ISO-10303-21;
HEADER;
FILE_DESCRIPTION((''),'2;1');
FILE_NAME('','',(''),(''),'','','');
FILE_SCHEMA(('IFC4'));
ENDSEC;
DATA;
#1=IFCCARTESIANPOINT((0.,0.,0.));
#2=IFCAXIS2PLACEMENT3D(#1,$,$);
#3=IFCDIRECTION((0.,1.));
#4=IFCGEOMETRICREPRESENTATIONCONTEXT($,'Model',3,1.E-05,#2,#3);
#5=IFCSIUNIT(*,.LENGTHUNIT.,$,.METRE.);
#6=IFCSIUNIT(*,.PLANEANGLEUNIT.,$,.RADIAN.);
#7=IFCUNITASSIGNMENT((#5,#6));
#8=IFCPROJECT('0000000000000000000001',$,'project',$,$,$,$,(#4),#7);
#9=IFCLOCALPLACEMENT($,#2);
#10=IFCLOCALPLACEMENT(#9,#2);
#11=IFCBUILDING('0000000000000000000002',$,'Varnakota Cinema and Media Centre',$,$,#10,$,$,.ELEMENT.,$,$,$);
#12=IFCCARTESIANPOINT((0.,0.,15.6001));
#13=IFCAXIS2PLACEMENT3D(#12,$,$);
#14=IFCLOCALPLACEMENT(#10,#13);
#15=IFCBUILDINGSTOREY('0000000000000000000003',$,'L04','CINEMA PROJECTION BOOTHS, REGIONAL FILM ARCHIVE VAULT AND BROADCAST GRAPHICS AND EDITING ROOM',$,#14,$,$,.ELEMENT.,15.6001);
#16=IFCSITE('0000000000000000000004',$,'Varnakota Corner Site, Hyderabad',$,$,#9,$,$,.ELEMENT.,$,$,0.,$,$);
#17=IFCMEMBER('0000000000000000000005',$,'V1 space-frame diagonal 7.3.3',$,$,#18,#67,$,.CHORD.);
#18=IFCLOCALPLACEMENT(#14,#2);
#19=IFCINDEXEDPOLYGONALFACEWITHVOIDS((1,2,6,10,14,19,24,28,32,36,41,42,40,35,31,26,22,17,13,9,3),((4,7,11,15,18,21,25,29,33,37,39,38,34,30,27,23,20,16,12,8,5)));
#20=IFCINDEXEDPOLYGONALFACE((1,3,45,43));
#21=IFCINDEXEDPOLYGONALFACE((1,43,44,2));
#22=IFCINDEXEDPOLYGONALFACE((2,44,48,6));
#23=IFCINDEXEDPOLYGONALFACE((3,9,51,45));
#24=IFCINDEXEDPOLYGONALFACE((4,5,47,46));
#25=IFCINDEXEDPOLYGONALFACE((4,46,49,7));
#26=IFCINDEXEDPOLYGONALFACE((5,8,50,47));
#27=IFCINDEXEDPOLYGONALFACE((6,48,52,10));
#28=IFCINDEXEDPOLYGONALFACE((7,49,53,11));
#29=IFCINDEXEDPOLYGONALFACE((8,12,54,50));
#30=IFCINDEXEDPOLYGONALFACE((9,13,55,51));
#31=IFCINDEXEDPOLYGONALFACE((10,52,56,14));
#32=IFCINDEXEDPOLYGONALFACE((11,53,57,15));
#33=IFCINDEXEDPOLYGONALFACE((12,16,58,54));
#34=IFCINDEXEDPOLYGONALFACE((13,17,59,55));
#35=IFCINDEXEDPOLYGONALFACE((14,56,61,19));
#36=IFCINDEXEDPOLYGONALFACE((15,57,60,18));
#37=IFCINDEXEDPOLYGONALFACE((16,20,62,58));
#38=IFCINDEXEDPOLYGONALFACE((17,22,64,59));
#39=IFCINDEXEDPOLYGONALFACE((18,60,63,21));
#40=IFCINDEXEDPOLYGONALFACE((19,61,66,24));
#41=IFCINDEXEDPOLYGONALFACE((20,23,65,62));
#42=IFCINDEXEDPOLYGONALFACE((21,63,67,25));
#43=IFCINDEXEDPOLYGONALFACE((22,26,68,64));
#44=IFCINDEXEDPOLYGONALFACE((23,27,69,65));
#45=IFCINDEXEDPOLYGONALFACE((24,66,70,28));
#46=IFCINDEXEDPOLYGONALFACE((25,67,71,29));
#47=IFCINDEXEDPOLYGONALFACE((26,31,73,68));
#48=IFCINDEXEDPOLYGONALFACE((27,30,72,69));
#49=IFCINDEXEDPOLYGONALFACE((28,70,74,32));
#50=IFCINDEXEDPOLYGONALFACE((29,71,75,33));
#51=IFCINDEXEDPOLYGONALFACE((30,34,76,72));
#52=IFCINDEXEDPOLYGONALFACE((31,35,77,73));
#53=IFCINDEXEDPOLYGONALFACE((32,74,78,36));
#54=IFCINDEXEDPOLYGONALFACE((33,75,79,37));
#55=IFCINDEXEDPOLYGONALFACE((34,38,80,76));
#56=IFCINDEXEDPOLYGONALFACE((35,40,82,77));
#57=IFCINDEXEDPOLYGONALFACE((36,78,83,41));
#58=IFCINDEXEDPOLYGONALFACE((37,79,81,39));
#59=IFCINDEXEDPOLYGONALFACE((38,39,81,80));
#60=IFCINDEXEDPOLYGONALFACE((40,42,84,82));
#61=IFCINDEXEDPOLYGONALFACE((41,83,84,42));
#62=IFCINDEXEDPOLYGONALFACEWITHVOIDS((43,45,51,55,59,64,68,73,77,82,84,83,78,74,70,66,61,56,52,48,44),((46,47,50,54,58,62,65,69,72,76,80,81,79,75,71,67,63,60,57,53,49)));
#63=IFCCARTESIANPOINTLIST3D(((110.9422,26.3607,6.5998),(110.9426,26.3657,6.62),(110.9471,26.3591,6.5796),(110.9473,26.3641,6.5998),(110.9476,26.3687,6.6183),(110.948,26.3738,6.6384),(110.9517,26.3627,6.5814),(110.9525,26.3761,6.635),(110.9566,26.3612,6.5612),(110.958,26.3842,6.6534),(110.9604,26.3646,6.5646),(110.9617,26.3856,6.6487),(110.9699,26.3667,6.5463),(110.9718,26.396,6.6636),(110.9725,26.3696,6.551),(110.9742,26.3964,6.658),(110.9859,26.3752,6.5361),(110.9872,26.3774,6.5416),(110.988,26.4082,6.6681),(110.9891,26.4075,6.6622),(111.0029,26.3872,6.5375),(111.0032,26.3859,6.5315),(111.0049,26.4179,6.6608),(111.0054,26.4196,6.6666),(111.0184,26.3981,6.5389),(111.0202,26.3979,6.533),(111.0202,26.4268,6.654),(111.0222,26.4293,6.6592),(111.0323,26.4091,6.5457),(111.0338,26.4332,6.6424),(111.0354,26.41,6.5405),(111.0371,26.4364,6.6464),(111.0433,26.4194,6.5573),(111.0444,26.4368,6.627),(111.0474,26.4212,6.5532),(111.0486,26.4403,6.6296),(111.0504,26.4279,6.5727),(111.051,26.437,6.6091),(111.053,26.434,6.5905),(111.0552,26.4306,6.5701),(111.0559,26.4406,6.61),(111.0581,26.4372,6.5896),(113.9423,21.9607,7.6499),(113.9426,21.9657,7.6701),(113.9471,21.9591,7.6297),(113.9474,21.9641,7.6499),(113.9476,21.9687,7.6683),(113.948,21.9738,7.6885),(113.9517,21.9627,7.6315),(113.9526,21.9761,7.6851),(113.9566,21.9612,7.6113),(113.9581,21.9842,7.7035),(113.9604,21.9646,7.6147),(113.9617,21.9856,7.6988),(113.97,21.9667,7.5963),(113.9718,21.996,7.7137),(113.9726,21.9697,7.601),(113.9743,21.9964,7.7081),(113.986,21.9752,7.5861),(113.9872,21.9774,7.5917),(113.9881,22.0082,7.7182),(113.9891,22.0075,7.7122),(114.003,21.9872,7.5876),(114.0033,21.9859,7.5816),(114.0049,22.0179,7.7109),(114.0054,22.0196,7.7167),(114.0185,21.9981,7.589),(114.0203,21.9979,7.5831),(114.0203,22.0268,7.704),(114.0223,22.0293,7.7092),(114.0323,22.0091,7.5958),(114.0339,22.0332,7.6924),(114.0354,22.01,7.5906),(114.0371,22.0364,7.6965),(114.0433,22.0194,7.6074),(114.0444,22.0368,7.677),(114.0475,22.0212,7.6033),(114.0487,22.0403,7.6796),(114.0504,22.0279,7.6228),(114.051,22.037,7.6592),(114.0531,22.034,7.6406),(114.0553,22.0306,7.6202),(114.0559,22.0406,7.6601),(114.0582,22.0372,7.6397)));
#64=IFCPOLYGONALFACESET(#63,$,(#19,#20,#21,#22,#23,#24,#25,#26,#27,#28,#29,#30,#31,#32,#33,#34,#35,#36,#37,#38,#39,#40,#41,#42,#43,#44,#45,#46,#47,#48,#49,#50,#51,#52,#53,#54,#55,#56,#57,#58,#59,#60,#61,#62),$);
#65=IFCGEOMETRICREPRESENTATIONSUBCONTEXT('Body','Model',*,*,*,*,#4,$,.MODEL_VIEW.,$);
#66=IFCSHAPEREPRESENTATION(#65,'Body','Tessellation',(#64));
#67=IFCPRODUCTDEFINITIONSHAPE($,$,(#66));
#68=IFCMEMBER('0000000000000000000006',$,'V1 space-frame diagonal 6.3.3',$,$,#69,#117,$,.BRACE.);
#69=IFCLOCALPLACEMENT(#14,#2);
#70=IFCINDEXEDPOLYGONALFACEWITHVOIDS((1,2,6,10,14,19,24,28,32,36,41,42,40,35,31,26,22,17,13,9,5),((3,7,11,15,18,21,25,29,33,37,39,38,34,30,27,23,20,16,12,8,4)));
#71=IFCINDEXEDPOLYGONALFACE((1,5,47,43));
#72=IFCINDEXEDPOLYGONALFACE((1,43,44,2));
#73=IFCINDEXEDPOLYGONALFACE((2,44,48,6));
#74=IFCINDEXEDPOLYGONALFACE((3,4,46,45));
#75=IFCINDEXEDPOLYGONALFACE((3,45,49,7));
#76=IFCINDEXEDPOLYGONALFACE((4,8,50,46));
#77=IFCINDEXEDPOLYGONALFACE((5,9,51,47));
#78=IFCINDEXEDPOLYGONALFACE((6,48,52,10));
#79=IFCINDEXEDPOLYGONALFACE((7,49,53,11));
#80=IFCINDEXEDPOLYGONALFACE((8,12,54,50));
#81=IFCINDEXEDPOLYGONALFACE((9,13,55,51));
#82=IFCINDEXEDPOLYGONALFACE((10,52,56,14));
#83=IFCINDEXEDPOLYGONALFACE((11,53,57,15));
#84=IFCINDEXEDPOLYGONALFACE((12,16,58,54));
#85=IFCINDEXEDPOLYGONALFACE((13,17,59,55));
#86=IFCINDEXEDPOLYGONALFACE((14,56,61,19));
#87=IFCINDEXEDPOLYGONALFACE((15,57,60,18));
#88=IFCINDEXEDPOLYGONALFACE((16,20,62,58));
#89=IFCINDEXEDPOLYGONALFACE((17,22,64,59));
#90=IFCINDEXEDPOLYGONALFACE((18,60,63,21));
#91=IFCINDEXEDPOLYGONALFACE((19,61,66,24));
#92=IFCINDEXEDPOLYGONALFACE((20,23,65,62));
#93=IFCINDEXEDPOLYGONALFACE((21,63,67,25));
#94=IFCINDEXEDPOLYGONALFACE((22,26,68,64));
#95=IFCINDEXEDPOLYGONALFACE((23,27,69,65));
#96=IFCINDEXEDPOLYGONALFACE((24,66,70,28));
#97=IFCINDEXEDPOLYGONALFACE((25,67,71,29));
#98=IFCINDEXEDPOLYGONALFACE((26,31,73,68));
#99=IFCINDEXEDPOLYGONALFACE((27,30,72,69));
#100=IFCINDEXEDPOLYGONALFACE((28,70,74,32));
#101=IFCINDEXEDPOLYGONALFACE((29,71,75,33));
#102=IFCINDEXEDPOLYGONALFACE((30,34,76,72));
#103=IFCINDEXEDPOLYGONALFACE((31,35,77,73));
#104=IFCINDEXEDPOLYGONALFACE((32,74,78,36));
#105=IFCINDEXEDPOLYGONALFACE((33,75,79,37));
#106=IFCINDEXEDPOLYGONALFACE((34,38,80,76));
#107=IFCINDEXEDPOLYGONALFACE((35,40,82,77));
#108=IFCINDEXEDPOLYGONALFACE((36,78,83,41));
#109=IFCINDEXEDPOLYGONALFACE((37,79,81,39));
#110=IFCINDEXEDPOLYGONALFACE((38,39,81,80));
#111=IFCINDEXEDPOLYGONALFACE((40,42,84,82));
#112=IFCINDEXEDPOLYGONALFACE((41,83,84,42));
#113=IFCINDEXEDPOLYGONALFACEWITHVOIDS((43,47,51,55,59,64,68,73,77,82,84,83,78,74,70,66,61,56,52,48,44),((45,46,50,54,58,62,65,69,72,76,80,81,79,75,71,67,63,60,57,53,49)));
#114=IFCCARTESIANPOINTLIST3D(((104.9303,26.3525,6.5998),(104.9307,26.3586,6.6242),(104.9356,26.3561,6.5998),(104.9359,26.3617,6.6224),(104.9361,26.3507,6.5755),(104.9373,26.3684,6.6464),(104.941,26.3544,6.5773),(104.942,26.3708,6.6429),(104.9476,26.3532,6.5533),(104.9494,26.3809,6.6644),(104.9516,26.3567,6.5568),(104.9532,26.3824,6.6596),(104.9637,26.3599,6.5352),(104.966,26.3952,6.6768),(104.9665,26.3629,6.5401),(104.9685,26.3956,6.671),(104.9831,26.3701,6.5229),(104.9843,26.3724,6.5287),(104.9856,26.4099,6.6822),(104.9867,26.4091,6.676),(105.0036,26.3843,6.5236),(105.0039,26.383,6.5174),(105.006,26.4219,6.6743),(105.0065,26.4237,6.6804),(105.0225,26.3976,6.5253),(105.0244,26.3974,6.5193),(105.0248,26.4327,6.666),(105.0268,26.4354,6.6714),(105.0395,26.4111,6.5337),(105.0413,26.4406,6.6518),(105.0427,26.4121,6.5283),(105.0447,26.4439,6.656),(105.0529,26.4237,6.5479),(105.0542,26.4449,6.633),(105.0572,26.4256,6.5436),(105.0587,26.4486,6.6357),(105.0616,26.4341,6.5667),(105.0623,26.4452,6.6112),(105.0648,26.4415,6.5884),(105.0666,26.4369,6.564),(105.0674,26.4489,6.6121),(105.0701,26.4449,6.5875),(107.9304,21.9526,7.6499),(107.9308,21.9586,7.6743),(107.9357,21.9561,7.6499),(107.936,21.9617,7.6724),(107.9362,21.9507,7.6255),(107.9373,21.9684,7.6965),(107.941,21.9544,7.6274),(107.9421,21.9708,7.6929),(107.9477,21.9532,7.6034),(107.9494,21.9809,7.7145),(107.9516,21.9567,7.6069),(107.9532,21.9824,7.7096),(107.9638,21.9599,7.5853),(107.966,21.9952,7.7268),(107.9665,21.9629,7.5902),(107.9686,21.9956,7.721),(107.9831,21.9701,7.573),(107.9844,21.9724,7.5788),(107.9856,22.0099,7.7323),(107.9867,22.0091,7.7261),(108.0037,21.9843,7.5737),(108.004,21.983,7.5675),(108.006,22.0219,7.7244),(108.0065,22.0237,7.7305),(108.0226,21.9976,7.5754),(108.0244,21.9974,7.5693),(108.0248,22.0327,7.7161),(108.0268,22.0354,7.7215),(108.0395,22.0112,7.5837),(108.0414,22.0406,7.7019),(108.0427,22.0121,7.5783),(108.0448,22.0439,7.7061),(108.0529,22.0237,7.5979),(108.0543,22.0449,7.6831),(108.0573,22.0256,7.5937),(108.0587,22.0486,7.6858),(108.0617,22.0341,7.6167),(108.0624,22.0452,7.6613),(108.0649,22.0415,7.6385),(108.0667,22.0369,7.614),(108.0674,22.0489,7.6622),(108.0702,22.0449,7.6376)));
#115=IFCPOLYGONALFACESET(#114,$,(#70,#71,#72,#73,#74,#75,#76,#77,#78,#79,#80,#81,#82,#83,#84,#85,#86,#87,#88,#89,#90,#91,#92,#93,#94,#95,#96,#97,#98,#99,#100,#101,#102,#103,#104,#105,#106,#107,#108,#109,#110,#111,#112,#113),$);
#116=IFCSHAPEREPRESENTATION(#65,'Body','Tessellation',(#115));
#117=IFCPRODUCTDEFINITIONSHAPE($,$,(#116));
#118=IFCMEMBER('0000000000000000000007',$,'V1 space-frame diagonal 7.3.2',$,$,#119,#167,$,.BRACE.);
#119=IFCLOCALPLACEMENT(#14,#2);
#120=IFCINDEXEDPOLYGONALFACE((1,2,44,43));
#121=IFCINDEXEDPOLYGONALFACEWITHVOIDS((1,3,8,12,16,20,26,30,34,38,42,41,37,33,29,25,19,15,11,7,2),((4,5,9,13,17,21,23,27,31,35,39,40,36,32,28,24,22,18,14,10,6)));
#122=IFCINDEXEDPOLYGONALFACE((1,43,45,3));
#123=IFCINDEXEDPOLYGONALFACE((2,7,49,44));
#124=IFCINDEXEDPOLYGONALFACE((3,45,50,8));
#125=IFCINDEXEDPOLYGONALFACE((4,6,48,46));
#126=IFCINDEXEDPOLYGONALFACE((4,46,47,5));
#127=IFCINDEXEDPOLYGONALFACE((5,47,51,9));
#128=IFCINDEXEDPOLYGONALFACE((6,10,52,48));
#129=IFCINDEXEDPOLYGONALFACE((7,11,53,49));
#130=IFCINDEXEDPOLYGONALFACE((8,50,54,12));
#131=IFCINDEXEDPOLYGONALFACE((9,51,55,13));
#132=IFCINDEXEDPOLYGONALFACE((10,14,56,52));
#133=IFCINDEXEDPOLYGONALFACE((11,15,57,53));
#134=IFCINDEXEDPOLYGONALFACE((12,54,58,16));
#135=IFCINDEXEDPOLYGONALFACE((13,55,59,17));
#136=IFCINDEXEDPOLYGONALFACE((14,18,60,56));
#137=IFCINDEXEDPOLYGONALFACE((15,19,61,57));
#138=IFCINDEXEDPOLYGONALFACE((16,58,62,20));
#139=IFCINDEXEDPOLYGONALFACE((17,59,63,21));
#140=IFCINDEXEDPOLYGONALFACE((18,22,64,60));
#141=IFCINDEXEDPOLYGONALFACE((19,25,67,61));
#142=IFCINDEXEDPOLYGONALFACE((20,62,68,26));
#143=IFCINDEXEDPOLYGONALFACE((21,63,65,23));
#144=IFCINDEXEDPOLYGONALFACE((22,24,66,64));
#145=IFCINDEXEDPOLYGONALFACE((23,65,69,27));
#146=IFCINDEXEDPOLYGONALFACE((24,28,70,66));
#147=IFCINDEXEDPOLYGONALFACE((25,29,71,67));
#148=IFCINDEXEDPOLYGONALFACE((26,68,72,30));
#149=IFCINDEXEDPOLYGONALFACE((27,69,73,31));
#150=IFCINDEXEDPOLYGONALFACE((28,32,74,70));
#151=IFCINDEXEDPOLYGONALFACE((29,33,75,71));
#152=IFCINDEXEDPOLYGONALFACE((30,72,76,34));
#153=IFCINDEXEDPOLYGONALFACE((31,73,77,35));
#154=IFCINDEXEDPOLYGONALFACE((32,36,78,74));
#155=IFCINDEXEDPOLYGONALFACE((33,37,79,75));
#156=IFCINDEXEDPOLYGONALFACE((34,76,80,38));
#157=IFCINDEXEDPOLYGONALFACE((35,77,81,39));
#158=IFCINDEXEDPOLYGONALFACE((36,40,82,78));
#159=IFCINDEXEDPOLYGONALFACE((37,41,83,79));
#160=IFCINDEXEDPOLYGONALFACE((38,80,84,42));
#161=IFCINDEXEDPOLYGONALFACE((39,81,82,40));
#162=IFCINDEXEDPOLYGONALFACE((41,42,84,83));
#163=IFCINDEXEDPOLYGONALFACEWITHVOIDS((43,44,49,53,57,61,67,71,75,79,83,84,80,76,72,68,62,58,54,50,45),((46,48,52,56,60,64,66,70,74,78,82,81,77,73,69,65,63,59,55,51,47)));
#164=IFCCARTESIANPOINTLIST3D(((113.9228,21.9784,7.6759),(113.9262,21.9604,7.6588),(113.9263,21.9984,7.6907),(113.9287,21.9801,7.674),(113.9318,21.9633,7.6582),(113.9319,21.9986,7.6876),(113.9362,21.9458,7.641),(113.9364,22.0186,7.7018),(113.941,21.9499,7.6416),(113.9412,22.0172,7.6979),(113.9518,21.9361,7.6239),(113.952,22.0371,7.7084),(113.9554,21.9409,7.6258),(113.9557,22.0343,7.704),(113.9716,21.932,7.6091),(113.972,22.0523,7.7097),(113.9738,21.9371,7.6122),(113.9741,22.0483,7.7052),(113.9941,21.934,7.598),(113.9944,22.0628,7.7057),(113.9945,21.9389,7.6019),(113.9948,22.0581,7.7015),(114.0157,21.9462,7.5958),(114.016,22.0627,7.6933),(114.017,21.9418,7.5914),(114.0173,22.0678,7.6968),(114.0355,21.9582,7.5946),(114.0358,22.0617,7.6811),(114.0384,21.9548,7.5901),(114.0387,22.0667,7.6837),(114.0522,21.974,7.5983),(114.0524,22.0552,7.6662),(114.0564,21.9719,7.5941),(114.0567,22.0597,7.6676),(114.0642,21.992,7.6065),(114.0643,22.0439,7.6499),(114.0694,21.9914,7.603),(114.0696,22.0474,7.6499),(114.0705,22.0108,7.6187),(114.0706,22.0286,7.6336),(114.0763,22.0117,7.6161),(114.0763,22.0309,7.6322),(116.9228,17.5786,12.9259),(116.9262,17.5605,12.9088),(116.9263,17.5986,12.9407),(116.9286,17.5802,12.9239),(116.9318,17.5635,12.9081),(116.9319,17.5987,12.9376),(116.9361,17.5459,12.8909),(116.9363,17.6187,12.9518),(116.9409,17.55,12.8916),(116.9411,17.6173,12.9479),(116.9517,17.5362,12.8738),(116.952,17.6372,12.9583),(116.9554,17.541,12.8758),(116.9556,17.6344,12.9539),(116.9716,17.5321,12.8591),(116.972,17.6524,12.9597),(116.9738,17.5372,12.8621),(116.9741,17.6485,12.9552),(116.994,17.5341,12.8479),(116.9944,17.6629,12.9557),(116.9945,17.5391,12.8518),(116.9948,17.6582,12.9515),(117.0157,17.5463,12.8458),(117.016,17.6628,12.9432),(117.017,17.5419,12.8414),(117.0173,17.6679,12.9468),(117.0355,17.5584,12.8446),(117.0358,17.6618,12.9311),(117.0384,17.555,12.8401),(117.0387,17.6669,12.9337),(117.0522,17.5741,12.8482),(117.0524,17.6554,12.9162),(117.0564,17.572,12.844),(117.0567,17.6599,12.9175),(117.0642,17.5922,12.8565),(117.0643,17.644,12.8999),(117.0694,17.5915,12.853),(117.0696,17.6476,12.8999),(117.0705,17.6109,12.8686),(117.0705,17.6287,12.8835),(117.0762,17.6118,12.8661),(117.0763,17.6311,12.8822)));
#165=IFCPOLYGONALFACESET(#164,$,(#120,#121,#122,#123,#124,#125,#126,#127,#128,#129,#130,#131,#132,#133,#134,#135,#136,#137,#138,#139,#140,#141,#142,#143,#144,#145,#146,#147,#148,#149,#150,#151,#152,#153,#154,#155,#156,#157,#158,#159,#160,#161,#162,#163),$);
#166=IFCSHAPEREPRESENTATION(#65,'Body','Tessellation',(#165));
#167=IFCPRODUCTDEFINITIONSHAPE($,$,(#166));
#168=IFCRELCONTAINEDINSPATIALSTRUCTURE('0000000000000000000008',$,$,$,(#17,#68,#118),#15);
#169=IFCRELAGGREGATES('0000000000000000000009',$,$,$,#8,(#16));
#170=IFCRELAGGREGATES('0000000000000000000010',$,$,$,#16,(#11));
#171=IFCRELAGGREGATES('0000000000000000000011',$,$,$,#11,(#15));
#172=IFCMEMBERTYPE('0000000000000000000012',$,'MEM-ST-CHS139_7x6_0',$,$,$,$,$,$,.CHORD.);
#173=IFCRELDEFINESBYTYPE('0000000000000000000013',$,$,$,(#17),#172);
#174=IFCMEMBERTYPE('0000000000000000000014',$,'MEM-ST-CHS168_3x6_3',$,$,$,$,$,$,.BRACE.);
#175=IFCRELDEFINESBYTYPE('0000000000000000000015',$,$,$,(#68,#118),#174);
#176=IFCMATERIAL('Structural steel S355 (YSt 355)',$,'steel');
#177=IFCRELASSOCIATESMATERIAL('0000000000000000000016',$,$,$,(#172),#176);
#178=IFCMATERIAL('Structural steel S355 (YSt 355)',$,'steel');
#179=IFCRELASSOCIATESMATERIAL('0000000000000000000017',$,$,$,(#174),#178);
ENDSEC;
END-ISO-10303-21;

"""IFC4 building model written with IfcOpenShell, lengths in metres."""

from ifc_helpers import new_model, si_unit, direction, frame, origin, origin_2d, place, context, subcontext, project, spatial, hollow_circle, extrude, material, material_profile, profile_set, type_object, element, save


model = new_model("IFC4")

# Units and contexts
model_context = context("Model", 3, precision=1e-05, world=origin(), true_north=direction((0.0, 1.0)))
body_context = subcontext(model_context, "Body", "Model", "MODEL_VIEW")
ifc_project = project(units=[si_unit("LENGTHUNIT", "METRE"), si_unit("PLANEANGLEUNIT", "RADIAN")], contexts=[model_context])

# Site, building, storey
site_placement = place(None, origin())
site = spatial("IfcSite", under=ifc_project, at=site_placement, Name="Varnakota Corner Site, Hyderabad", CompositionType="ELEMENT", RefElevation=0.0)
building_placement = place(site_placement, origin())
building = spatial("IfcBuilding", under=site, at=building_placement, Name="Varnakota Cinema and Media Centre", CompositionType="ELEMENT")
storey_placement = place(building_placement, frame((0.0, 0.0, 15.6001)))
storey = spatial("IfcBuildingStorey", under=building, at=storey_placement, Name="L04", Description="CINEMA PROJECTION BOOTHS, REGIONAL FILM ARCHIVE VAULT AND BROADCAST GRAPHICS AND EDITING ROOM", CompositionType="ELEMENT", Elevation=15.6001)

# Members
ifc_material_1 = material(Name="Structural steel S355 (YSt 355)", Category="steel")
ifc_material_profile_1 = material_profile(ifc_material_1, hollow_circle(Radius=0.0698, WallThickness=0.0061, at=origin_2d()), Name="CHS 139.7x6.0")
ifc_profile_set_1 = profile_set([ifc_material_profile_1], Name="Structural steel S355 (YSt 355)")
member_type_1 = type_object("IfcMemberType", Name="MEM-ST-CHS139_7x6_0", PredefinedType="CHORD", material=ifc_profile_set_1)
for number, where, z_axis, x_axis, name in (
    (1, (114.0, 22.0, 7.6499), (-0.552703, 0.810613, -0.193455), (-0.826222, -0.563345, 0.0), "V1 space-frame diagonal 7.3.3"),
):
    element("IfcMember", number, at=place(storey_placement, frame(where, z_axis=z_axis, x_axis=x_axis)), inside=storey, type_object=member_type_1, Name=name, PredefinedType="CHORD", context=body_context, shape_type="SweptSolid", body=[
        extrude(hollow_circle(Radius=0.0698, WallThickness=0.0061, at=origin_2d()), origin(), (0.0, 0.0, 1.0), 5.428),
    ])
ifc_material_2 = material(Name="Structural steel S355 (YSt 355)", Category="steel")
ifc_material_profile_2 = material_profile(ifc_material_2, hollow_circle(Radius=0.0842, WallThickness=0.0063, at=origin_2d()), Name="CHS 168.3x6.3")
ifc_profile_set_2 = profile_set([ifc_material_profile_2], Name="Structural steel S355 (YSt 355)")
member_type_2 = type_object("IfcMemberType", Name="MEM-ST-CHS168_3x6_3", PredefinedType="BRACE", material=ifc_profile_set_2)
member_1_placement = place(storey_placement, frame((108.0, 22.0, 7.6499), z_axis=(-0.552703, 0.810613, -0.193455), x_axis=(-0.826222, -0.563345, 0.0)))
element("IfcMember", 2, at=member_1_placement, inside=storey, type_object=member_type_2, Name="V1 space-frame diagonal 6.3.3", PredefinedType="BRACE", context=body_context, shape_type="SweptSolid", body=[
    extrude(hollow_circle(Radius=0.0842, WallThickness=0.0063, at=origin_2d()), origin(), (0.0, 0.0, 1.0), 5.428),
])
member_2_placement = place(storey_placement, frame((114.0, 22.0, 7.6499), z_axis=(0.401173, -0.588373, 0.702052), x_axis=(0.826222, 0.563345, 0.0)))
element("IfcMember", 3, at=member_2_placement, inside=storey, type_object=member_type_2, Name="V1 space-frame diagonal 7.3.2", PredefinedType="BRACE", context=body_context, shape_type="SweptSolid", body=[
    extrude(hollow_circle(Radius=0.0842, WallThickness=0.0063, at=origin_2d()), origin(), (0.0, 0.0, 1.0), 7.478),
])

save(model, "model.ifc")
